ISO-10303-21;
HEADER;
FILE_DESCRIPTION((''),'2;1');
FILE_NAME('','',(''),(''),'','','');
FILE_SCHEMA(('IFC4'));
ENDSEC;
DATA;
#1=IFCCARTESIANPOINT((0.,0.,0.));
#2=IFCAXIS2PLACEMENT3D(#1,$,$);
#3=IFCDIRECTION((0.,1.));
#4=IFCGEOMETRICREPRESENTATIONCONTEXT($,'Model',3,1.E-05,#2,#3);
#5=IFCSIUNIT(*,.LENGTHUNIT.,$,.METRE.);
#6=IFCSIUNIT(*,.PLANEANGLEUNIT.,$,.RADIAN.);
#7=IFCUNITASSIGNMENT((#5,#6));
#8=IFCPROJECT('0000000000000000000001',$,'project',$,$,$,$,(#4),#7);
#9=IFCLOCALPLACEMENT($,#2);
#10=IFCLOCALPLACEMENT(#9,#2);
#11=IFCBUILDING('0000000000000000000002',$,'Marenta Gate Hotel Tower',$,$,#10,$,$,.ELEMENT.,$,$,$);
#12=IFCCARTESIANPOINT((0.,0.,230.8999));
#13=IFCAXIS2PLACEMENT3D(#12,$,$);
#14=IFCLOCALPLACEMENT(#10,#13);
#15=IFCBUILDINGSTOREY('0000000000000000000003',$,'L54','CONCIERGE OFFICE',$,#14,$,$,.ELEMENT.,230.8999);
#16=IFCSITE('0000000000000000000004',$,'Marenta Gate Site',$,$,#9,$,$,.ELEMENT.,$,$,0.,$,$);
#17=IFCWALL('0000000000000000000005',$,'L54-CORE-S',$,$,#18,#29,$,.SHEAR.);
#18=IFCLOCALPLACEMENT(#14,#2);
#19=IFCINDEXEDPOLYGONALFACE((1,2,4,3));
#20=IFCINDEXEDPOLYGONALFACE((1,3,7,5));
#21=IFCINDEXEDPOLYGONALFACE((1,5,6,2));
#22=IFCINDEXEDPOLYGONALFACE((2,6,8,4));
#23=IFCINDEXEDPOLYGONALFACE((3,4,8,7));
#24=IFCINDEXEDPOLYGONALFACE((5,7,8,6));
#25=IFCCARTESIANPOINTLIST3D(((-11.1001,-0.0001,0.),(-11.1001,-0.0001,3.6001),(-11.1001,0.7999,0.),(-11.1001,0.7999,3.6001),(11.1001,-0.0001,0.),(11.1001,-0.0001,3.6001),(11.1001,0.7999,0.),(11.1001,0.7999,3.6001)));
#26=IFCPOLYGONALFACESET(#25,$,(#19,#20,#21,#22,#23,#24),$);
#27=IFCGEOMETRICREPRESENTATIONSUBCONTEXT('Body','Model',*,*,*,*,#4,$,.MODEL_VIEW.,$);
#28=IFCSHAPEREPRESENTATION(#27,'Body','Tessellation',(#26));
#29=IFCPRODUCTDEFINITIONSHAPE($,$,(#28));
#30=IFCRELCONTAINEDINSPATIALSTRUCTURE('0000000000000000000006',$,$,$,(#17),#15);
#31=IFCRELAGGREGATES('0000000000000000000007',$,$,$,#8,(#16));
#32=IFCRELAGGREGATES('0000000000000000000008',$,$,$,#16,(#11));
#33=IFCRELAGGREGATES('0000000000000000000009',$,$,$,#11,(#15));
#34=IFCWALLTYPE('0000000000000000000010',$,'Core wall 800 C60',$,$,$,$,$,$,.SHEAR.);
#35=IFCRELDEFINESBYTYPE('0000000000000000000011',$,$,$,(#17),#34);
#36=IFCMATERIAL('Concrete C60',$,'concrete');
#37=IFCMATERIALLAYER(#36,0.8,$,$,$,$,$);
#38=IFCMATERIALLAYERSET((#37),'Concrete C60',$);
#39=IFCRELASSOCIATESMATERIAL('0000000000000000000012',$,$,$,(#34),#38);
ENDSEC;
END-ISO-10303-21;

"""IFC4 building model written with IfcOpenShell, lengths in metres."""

from ifc_helpers import new_model, si_unit, direction, frame, frame_2d, origin, place, context, subcontext, project, spatial, rectangle, extrude, material, layer, layer_set, type_object, element, save


model = new_model("IFC4")

# Units and contexts
model_context = context("Model", 3, precision=1e-05, world=origin(), true_north=direction((0.0, 1.0)))
body_context = subcontext(model_context, "Body", "Model", "MODEL_VIEW")
ifc_project = project(units=[si_unit("LENGTHUNIT", "METRE"), si_unit("PLANEANGLEUNIT", "RADIAN")], contexts=[model_context])

# Site, building, storey
site_placement = place(None, origin())
site = spatial("IfcSite", under=ifc_project, at=site_placement, Name="Marenta Gate Site", CompositionType="ELEMENT", RefElevation=0.0)
building_placement = place(site_placement, origin())
building = spatial("IfcBuilding", under=site, at=building_placement, Name="Marenta Gate Hotel Tower", CompositionType="ELEMENT")
storey_placement = place(building_placement, frame((0.0, 0.0, 230.8999)))
storey = spatial("IfcBuildingStorey", under=building, at=storey_placement, Name="L54", Description="CONCIERGE OFFICE", CompositionType="ELEMENT", Elevation=230.8999)

# Shared definitions
ifc_material_1 = material(Name="Concrete C60", Category="concrete")
ifc_layer_1 = layer(ifc_material_1, 0.8)
ifc_layer_set_1 = layer_set([ifc_layer_1], Name="Concrete C60")
wall_type_1 = type_object("IfcWallType", Name="Core wall 800 C60", PredefinedType="SHEAR", material=ifc_layer_set_1)

# Wall
wall_1_placement = place(storey_placement, frame((-11.1001, 0.3999, 0.0), z_axis=(0.0, 0.0, 1.0), x_axis=(1.0, 0.0, 0.0)))
element("IfcWall", 1, at=wall_1_placement, inside=storey, type_object=wall_type_1, Name="L54-CORE-S", PredefinedType="SHEAR", context=body_context, shape_type="SweptSolid", body=[
    extrude(rectangle(XDim=22.2002, YDim=0.8, at=frame_2d((11.1001, 0.0))), origin(), (0.0, 0.0, 1.0), 3.6001),
])

save(model, "model.ifc")
